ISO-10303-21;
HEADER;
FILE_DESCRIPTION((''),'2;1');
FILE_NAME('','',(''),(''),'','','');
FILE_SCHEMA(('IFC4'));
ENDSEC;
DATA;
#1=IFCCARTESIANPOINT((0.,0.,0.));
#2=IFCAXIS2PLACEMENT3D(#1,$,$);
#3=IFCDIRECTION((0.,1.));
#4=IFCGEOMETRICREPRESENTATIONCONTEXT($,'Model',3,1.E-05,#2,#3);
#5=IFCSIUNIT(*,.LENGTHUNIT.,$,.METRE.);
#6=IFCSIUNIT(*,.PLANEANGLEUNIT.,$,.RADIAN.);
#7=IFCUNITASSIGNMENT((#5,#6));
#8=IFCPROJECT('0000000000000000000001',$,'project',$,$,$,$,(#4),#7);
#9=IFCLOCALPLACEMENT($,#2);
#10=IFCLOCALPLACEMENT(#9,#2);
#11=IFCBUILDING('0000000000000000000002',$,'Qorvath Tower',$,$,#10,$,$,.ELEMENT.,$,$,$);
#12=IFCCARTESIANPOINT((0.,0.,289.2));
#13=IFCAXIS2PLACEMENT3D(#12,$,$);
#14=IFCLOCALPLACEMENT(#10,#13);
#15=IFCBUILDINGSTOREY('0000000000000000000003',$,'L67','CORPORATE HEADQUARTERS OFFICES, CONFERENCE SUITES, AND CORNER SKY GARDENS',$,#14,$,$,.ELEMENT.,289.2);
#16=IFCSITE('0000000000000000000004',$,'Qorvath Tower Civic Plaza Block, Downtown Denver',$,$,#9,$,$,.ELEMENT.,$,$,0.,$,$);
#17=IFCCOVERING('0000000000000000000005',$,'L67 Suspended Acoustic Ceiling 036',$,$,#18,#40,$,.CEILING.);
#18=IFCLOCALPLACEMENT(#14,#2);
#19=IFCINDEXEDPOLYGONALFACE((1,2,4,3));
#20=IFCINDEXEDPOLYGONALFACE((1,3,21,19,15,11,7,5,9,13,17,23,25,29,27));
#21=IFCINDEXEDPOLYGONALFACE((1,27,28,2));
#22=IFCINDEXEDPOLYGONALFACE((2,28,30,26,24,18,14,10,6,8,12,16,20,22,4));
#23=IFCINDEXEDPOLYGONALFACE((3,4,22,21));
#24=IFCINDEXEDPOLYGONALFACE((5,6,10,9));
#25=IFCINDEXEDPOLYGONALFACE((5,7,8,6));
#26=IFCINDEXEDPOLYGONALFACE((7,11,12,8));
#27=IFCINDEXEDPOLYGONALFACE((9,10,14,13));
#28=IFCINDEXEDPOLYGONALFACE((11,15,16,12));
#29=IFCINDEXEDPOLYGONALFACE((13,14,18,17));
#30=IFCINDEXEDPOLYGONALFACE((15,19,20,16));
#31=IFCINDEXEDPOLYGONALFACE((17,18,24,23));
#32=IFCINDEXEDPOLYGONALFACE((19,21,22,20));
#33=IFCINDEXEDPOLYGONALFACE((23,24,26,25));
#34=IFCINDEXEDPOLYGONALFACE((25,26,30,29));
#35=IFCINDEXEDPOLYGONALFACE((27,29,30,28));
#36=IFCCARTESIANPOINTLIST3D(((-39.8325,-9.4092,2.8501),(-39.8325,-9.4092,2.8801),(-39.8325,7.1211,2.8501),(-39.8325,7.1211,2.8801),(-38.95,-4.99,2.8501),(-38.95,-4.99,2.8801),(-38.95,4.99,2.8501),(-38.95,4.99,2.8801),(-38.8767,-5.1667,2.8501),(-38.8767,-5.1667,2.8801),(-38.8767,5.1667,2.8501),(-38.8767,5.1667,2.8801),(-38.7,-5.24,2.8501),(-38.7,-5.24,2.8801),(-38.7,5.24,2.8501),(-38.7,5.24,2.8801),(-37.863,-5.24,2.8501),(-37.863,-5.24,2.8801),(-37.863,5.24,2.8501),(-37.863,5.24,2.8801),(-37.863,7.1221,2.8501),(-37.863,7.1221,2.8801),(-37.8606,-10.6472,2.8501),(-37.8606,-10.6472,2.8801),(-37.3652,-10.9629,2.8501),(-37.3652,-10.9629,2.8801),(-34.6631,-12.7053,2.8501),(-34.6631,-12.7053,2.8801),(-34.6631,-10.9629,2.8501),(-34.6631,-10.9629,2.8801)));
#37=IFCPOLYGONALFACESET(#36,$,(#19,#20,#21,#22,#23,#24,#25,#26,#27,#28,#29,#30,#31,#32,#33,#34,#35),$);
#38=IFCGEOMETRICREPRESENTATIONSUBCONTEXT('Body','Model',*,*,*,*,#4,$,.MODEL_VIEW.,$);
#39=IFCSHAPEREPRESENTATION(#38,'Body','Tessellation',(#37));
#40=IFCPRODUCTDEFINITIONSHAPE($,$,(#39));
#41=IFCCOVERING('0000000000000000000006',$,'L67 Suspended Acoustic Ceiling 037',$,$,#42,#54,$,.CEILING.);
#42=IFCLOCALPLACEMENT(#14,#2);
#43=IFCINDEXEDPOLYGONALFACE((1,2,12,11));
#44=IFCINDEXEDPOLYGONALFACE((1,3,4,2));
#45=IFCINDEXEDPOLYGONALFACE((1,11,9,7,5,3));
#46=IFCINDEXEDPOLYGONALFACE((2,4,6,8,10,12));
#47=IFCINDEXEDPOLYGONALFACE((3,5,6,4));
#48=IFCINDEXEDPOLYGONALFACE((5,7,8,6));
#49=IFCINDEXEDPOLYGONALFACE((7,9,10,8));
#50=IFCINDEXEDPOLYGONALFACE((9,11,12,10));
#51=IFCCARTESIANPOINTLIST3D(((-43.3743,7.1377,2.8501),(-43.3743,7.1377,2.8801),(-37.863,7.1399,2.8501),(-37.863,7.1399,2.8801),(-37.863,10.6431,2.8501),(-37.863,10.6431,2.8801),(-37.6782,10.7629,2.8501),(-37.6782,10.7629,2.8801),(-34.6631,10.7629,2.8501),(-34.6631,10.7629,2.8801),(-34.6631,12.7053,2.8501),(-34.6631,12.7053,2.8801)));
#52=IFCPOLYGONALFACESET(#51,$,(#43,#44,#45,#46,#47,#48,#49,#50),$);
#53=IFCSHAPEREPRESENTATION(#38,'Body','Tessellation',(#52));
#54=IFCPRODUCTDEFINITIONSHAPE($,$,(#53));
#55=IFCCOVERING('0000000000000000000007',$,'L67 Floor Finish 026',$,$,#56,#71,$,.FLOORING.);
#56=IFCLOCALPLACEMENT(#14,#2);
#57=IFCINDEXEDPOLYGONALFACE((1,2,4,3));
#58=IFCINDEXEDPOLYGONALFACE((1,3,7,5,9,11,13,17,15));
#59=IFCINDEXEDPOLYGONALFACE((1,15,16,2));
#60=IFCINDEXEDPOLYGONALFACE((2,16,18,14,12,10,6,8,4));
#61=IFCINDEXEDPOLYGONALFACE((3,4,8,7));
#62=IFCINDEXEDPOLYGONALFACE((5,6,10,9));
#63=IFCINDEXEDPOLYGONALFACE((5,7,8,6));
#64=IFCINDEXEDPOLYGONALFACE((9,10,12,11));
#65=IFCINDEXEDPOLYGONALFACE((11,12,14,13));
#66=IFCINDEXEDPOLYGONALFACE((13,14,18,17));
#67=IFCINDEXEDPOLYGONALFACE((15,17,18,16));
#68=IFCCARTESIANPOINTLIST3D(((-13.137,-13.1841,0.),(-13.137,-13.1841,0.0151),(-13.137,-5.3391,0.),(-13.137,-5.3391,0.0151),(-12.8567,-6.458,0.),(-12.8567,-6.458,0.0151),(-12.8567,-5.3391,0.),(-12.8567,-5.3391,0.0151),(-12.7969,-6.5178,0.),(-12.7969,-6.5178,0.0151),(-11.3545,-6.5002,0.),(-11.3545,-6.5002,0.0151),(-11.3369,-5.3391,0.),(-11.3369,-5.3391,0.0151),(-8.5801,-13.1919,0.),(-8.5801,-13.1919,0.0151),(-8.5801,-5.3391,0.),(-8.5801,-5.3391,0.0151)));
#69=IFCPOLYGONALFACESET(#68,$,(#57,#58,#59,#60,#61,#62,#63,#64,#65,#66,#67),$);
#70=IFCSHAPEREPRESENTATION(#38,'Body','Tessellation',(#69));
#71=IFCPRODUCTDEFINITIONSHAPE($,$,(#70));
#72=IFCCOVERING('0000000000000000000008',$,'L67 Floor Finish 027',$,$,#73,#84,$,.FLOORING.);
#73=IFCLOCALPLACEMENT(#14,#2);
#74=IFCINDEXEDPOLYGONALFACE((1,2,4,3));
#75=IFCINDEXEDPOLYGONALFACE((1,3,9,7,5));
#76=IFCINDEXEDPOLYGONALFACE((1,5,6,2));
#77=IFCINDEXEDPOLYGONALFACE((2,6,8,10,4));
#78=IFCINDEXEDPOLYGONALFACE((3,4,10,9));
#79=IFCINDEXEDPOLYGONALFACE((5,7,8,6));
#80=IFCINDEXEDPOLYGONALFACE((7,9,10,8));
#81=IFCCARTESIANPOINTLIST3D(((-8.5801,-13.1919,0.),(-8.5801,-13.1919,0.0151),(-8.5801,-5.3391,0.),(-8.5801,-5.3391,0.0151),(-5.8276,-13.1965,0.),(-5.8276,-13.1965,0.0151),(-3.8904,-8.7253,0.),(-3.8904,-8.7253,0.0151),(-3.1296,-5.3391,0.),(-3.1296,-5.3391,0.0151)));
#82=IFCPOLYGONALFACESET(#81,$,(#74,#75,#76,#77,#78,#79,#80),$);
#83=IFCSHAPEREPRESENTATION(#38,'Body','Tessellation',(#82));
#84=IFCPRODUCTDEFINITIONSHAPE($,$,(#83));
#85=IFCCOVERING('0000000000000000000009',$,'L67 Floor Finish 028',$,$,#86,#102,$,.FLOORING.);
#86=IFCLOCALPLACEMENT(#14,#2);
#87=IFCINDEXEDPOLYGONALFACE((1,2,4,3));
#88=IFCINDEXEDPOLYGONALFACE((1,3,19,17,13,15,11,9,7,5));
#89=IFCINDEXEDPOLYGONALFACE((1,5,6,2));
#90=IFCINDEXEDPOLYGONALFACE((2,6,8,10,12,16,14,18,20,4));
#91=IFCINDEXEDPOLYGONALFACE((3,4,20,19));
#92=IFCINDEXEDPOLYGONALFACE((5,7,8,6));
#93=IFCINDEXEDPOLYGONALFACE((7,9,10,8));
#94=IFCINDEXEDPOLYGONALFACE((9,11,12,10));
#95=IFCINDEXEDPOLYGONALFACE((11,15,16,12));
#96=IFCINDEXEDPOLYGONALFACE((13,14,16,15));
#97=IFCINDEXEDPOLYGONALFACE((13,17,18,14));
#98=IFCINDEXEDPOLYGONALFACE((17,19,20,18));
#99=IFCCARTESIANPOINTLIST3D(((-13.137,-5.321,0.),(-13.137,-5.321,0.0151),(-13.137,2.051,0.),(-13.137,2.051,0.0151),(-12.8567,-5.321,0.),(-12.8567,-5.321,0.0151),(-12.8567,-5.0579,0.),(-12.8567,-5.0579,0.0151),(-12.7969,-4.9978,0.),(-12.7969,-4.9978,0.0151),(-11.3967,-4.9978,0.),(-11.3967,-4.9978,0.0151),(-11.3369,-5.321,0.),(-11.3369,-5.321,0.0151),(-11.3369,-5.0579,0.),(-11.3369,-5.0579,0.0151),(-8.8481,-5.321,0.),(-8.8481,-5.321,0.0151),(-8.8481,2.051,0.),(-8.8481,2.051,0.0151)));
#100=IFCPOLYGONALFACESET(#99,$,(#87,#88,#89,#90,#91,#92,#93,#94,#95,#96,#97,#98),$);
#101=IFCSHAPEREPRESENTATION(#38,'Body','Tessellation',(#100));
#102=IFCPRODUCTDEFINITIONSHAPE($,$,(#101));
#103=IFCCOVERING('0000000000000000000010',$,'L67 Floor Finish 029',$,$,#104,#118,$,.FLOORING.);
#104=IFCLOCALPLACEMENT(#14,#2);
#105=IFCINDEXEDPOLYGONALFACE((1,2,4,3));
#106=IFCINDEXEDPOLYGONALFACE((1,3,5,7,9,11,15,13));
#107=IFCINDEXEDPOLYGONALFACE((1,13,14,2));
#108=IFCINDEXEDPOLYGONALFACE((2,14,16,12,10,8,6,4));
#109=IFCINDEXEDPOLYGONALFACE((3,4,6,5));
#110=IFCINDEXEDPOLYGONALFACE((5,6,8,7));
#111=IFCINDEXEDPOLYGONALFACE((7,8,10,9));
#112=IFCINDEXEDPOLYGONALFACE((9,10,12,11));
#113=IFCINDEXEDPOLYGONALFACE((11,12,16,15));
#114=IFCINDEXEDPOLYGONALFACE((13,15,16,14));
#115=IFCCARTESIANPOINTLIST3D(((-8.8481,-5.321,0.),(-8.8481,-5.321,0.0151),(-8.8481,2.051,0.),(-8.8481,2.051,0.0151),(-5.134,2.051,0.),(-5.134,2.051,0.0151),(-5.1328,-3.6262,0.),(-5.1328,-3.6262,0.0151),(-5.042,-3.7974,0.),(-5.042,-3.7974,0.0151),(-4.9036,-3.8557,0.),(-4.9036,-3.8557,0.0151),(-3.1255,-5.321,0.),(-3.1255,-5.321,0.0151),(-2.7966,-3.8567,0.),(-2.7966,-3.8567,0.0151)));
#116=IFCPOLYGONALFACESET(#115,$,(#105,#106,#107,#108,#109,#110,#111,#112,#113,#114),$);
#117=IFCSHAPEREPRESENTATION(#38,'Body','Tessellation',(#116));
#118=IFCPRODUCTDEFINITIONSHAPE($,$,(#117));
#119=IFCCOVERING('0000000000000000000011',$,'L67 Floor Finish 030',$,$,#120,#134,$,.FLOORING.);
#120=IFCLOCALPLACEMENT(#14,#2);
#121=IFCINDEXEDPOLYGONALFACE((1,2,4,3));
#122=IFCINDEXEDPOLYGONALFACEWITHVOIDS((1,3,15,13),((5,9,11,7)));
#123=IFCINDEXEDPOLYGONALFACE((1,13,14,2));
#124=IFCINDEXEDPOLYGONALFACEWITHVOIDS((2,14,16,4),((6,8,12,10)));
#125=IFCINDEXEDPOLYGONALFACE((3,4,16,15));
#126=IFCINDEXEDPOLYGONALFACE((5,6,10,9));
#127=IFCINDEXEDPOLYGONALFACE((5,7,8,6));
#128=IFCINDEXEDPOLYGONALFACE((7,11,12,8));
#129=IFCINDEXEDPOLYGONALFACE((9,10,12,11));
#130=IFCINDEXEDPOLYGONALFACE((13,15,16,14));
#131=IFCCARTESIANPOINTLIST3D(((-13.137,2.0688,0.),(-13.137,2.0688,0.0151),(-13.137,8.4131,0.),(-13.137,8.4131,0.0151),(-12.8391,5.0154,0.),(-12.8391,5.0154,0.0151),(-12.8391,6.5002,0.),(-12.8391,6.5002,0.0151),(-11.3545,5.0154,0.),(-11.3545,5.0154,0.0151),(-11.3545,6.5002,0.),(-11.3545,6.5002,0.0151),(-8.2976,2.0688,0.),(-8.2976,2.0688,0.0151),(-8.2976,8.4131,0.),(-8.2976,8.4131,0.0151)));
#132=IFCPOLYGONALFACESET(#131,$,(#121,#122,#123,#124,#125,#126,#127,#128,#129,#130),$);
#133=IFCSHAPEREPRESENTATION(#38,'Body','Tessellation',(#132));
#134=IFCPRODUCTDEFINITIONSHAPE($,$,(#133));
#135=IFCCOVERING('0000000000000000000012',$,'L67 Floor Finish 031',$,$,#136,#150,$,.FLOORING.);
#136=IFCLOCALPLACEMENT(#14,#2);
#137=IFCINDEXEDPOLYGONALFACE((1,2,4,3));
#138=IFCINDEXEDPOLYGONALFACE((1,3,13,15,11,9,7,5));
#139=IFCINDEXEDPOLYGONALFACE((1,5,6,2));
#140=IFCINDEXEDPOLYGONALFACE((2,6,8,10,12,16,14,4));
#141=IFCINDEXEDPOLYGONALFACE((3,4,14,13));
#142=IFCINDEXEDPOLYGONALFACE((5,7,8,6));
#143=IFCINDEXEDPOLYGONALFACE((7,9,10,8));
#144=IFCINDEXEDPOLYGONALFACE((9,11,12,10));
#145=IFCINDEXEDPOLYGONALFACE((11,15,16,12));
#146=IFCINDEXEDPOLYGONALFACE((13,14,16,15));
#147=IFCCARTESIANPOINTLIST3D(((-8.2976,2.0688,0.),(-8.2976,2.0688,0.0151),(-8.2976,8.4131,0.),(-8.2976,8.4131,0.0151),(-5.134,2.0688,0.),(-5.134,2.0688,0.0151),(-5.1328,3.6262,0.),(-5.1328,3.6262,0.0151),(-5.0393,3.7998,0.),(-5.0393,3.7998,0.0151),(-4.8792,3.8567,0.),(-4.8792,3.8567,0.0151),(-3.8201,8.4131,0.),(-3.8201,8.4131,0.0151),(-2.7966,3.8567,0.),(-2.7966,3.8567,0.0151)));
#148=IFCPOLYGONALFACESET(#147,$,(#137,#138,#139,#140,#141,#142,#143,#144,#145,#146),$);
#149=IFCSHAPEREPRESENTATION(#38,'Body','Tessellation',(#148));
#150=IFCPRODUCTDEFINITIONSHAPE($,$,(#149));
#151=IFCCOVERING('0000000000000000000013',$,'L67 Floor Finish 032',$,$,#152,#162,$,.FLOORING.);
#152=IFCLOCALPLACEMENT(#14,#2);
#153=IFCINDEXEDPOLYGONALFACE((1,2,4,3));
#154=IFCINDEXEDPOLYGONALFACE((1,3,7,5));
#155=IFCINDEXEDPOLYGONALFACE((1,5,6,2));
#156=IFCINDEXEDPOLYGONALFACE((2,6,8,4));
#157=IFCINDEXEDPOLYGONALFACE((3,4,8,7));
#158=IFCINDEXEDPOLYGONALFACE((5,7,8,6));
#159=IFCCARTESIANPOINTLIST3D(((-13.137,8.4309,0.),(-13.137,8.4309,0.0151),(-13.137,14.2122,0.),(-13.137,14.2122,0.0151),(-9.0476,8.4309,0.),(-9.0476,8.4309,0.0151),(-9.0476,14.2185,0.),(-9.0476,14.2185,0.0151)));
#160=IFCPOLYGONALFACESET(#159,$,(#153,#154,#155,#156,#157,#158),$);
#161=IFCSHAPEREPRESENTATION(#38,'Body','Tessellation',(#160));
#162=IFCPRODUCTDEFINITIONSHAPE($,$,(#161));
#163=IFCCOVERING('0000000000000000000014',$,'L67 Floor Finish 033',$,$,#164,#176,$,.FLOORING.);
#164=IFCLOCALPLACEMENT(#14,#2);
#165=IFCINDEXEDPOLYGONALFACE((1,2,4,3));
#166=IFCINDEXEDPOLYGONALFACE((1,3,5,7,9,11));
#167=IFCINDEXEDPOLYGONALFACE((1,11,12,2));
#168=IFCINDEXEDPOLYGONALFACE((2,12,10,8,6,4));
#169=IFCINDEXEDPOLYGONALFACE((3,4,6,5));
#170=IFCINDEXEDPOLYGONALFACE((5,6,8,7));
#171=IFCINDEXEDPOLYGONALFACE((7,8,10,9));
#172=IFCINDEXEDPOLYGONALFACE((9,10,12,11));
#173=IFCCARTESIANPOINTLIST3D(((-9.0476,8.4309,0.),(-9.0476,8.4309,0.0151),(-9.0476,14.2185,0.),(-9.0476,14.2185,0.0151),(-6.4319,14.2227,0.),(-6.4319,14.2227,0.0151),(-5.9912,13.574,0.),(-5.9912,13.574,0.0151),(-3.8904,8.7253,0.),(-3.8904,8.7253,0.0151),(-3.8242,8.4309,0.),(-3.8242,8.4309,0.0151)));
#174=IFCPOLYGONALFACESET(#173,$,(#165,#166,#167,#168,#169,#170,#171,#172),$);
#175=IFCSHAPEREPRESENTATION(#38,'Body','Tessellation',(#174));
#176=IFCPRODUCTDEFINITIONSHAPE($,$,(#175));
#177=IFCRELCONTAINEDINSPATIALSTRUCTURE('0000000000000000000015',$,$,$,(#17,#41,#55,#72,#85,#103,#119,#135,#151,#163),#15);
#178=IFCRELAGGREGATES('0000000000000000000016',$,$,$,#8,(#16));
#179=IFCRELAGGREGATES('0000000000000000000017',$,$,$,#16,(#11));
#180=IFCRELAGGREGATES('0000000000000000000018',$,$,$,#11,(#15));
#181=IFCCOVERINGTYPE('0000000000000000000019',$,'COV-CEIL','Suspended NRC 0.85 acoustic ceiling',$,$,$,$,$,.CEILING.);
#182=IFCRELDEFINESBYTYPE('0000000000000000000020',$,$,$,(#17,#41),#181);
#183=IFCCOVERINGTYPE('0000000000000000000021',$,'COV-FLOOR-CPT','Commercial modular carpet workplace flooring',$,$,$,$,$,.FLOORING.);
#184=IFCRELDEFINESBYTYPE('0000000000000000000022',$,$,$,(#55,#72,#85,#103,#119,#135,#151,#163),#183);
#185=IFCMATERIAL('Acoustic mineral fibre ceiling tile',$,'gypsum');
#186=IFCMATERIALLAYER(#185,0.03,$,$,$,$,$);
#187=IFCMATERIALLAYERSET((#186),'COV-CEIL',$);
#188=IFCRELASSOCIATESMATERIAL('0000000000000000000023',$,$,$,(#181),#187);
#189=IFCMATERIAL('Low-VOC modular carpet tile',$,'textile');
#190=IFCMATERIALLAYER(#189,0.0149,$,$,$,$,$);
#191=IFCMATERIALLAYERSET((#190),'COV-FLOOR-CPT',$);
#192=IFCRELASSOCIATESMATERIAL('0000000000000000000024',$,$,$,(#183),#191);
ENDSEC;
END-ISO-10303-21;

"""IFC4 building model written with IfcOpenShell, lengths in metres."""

from ifc_helpers import new_model, si_unit, direction, frame, origin, place, context, subcontext, project, spatial, polyline, outline, extrude, material, layer, layer_set, type_object, element, save


model = new_model("IFC4")

# Units and contexts
model_context = context("Model", 3, precision=1e-05, world=origin(), true_north=direction((0.0, 1.0)))
body_context = subcontext(model_context, "Body", "Model", "MODEL_VIEW")
ifc_project = project(units=[si_unit("LENGTHUNIT", "METRE"), si_unit("PLANEANGLEUNIT", "RADIAN")], contexts=[model_context])

# Site, building, storey
site_placement = place(None, origin())
site = spatial("IfcSite", under=ifc_project, at=site_placement, Name="Qorvath Tower Civic Plaza Block, Downtown Denver", CompositionType="ELEMENT", RefElevation=0.0)
building_placement = place(site_placement, origin())
building = spatial("IfcBuilding", under=site, at=building_placement, Name="Qorvath Tower", CompositionType="ELEMENT")
storey_placement = place(building_placement, frame((0.0, 0.0, 289.2)))
storey = spatial("IfcBuildingStorey", under=building, at=storey_placement, Name="L67", Description="CORPORATE HEADQUARTERS OFFICES, CONFERENCE SUITES, AND CORNER SKY GARDENS", CompositionType="ELEMENT", Elevation=289.2)

# Coverings
ifc_material_1 = material(Name="Acoustic mineral fibre ceiling tile", Category="gypsum")
ifc_layer_1 = layer(ifc_material_1, 0.03)
ifc_layer_set_1 = layer_set([ifc_layer_1], Name="COV-CEIL")
covering_type_1 = type_object("IfcCoveringType", Name="COV-CEIL", Description="Suspended NRC 0.85 acoustic ceiling", PredefinedType="CEILING", material=ifc_layer_set_1)
covering_1_placement = place(storey_placement, frame((0.0, 0.0, 2.8501)))
element("IfcCovering", 1, at=covering_1_placement, inside=storey, type_object=covering_type_1, Name="L67 Suspended Acoustic Ceiling 036", PredefinedType="CEILING", context=body_context, shape_type="SweptSolid", body=[
    extrude(outline(polyline([(-39.8325, 7.1211), (-39.8325, -9.4092), (-34.6631, -12.7053), (-34.6631, -10.9629), (-37.3652, -10.9629), (-37.8606, -10.6472), (-37.863, -5.24), (-38.7, -5.24), (-38.8767, -5.1667), (-38.95, -4.99), (-38.95, 4.99), (-38.8767, 5.1667), (-38.7, 5.24), (-37.863, 5.24), (-37.863, 7.1221), (-39.8325, 7.1211)])), origin(), (0.0, 0.0, 1.0), 0.03),
])
covering_2_placement = place(storey_placement, frame((0.0, 0.0, 2.8501)))
element("IfcCovering", 2, at=covering_2_placement, inside=storey, type_object=covering_type_1, Name="L67 Suspended Acoustic Ceiling 037", PredefinedType="CEILING", context=body_context, shape_type="SweptSolid", body=[
    extrude(outline(polyline([(-34.6631, 10.7629), (-34.6631, 12.7053), (-43.3743, 7.1377), (-37.863, 7.1399), (-37.863, 10.6431), (-37.6782, 10.7629), (-34.6631, 10.7629)])), origin(), (0.0, 0.0, 1.0), 0.03),
])
ifc_material_2 = material(Name="Low-VOC modular carpet tile", Category="textile")
ifc_layer_2 = layer(ifc_material_2, 0.0149)
ifc_layer_set_2 = layer_set([ifc_layer_2], Name="COV-FLOOR-CPT")
covering_type_2 = type_object("IfcCoveringType", Name="COV-FLOOR-CPT", Description="Commercial modular carpet workplace flooring", PredefinedType="FLOORING", material=ifc_layer_set_2)
covering_3_placement = place(storey_placement, origin())
element("IfcCovering", 3, at=covering_3_placement, inside=storey, type_object=covering_type_2, Name="L67 Floor Finish 026", PredefinedType="FLOORING", context=body_context, shape_type="SweptSolid", body=[
    extrude(outline(polyline([(-13.137, -5.3391), (-13.137, -13.1841), (-8.5801, -13.1919), (-8.5801, -5.3391), (-11.3369, -5.3391), (-11.3545, -6.5002), (-12.7969, -6.5178), (-12.8567, -6.458), (-12.8567, -5.3391), (-13.137, -5.3391)])), origin(), (0.0, 0.0, 1.0), 0.0151),
])
covering_4_placement = place(storey_placement, origin())
element("IfcCovering", 4, at=covering_4_placement, inside=storey, type_object=covering_type_2, Name="L67 Floor Finish 027", PredefinedType="FLOORING", context=body_context, shape_type="SweptSolid", body=[
    extrude(outline(polyline([(-8.5801, -5.3391), (-8.5801, -13.1919), (-5.8276, -13.1965), (-3.8904, -8.7253), (-3.1296, -5.3391), (-8.5801, -5.3391)])), origin(), (0.0, 0.0, 1.0), 0.0151),
])
covering_5_placement = place(storey_placement, origin())
element("IfcCovering", 5, at=covering_5_placement, inside=storey, type_object=covering_type_2, Name="L67 Floor Finish 028", PredefinedType="FLOORING", context=body_context, shape_type="SweptSolid", body=[
    extrude(outline(polyline([(-8.8481, -5.321), (-8.8481, 2.051), (-13.137, 2.051), (-13.137, -5.321), (-12.8567, -5.321), (-12.8567, -5.0579), (-12.7969, -4.9978), (-11.3967, -4.9978), (-11.3369, -5.0579), (-11.3369, -5.321), (-8.8481, -5.321)])), origin(), (0.0, 0.0, 1.0), 0.0151),
])
covering_6_placement = place(storey_placement, origin())
element("IfcCovering", 6, at=covering_6_placement, inside=storey, type_object=covering_type_2, Name="L67 Floor Finish 029", PredefinedType="FLOORING", context=body_context, shape_type="SweptSolid", body=[
    extrude(outline(polyline([(-5.042, -3.7974), (-5.1328, -3.6262), (-5.134, 2.051), (-8.8481, 2.051), (-8.8481, -5.321), (-3.1255, -5.321), (-2.7966, -3.8567), (-4.9036, -3.8557), (-5.042, -3.7974)])), origin(), (0.0, 0.0, 1.0), 0.0151),
])
covering_7_placement = place(storey_placement, origin())
element("IfcCovering", 7, at=covering_7_placement, inside=storey, type_object=covering_type_2, Name="L67 Floor Finish 030", PredefinedType="FLOORING", context=body_context, shape_type="SweptSolid", body=[
    extrude(outline(polyline([(-8.2976, 2.0688), (-8.2976, 8.4131), (-13.137, 8.4131), (-13.137, 2.0688), (-8.2976, 2.0688)]), holes=[polyline([(-12.8391, 5.0154), (-12.8391, 6.5002), (-11.3545, 6.5002), (-11.3545, 5.0154), (-12.8391, 5.0154)])]), origin(), (0.0, 0.0, 1.0), 0.0151),
])
covering_8_placement = place(storey_placement, origin())
element("IfcCovering", 8, at=covering_8_placement, inside=storey, type_object=covering_type_2, Name="L67 Floor Finish 031", PredefinedType="FLOORING", context=body_context, shape_type="SweptSolid", body=[
    extrude(outline(polyline([(-5.0393, 3.7998), (-4.8792, 3.8567), (-2.7966, 3.8567), (-3.8201, 8.4131), (-8.2976, 8.4131), (-8.2976, 2.0688), (-5.134, 2.0688), (-5.1328, 3.6262), (-5.0393, 3.7998)])), origin(), (0.0, 0.0, 1.0), 0.0151),
])
covering_9_placement = place(storey_placement, origin())
element("IfcCovering", 9, at=covering_9_placement, inside=storey, type_object=covering_type_2, Name="L67 Floor Finish 032", PredefinedType="FLOORING", context=body_context, shape_type="SweptSolid", body=[
    extrude(outline(polyline([(-13.137, 8.4309), (-9.0476, 8.4309), (-9.0476, 14.2185), (-13.137, 14.2122), (-13.137, 8.4309)])), origin(), (0.0, 0.0, 1.0), 0.0151),
])
covering_10_placement = place(storey_placement, origin())
element("IfcCovering", 10, at=covering_10_placement, inside=storey, type_object=covering_type_2, Name="L67 Floor Finish 033", PredefinedType="FLOORING", context=body_context, shape_type="SweptSolid", body=[
    extrude(outline(polyline([(-9.0476, 14.2185), (-9.0476, 8.4309), (-3.8242, 8.4309), (-3.8904, 8.7253), (-5.9912, 13.574), (-6.4319, 14.2227), (-9.0476, 14.2185)])), origin(), (0.0, 0.0, 1.0), 0.0151),
])

save(model, "model.ifc")
